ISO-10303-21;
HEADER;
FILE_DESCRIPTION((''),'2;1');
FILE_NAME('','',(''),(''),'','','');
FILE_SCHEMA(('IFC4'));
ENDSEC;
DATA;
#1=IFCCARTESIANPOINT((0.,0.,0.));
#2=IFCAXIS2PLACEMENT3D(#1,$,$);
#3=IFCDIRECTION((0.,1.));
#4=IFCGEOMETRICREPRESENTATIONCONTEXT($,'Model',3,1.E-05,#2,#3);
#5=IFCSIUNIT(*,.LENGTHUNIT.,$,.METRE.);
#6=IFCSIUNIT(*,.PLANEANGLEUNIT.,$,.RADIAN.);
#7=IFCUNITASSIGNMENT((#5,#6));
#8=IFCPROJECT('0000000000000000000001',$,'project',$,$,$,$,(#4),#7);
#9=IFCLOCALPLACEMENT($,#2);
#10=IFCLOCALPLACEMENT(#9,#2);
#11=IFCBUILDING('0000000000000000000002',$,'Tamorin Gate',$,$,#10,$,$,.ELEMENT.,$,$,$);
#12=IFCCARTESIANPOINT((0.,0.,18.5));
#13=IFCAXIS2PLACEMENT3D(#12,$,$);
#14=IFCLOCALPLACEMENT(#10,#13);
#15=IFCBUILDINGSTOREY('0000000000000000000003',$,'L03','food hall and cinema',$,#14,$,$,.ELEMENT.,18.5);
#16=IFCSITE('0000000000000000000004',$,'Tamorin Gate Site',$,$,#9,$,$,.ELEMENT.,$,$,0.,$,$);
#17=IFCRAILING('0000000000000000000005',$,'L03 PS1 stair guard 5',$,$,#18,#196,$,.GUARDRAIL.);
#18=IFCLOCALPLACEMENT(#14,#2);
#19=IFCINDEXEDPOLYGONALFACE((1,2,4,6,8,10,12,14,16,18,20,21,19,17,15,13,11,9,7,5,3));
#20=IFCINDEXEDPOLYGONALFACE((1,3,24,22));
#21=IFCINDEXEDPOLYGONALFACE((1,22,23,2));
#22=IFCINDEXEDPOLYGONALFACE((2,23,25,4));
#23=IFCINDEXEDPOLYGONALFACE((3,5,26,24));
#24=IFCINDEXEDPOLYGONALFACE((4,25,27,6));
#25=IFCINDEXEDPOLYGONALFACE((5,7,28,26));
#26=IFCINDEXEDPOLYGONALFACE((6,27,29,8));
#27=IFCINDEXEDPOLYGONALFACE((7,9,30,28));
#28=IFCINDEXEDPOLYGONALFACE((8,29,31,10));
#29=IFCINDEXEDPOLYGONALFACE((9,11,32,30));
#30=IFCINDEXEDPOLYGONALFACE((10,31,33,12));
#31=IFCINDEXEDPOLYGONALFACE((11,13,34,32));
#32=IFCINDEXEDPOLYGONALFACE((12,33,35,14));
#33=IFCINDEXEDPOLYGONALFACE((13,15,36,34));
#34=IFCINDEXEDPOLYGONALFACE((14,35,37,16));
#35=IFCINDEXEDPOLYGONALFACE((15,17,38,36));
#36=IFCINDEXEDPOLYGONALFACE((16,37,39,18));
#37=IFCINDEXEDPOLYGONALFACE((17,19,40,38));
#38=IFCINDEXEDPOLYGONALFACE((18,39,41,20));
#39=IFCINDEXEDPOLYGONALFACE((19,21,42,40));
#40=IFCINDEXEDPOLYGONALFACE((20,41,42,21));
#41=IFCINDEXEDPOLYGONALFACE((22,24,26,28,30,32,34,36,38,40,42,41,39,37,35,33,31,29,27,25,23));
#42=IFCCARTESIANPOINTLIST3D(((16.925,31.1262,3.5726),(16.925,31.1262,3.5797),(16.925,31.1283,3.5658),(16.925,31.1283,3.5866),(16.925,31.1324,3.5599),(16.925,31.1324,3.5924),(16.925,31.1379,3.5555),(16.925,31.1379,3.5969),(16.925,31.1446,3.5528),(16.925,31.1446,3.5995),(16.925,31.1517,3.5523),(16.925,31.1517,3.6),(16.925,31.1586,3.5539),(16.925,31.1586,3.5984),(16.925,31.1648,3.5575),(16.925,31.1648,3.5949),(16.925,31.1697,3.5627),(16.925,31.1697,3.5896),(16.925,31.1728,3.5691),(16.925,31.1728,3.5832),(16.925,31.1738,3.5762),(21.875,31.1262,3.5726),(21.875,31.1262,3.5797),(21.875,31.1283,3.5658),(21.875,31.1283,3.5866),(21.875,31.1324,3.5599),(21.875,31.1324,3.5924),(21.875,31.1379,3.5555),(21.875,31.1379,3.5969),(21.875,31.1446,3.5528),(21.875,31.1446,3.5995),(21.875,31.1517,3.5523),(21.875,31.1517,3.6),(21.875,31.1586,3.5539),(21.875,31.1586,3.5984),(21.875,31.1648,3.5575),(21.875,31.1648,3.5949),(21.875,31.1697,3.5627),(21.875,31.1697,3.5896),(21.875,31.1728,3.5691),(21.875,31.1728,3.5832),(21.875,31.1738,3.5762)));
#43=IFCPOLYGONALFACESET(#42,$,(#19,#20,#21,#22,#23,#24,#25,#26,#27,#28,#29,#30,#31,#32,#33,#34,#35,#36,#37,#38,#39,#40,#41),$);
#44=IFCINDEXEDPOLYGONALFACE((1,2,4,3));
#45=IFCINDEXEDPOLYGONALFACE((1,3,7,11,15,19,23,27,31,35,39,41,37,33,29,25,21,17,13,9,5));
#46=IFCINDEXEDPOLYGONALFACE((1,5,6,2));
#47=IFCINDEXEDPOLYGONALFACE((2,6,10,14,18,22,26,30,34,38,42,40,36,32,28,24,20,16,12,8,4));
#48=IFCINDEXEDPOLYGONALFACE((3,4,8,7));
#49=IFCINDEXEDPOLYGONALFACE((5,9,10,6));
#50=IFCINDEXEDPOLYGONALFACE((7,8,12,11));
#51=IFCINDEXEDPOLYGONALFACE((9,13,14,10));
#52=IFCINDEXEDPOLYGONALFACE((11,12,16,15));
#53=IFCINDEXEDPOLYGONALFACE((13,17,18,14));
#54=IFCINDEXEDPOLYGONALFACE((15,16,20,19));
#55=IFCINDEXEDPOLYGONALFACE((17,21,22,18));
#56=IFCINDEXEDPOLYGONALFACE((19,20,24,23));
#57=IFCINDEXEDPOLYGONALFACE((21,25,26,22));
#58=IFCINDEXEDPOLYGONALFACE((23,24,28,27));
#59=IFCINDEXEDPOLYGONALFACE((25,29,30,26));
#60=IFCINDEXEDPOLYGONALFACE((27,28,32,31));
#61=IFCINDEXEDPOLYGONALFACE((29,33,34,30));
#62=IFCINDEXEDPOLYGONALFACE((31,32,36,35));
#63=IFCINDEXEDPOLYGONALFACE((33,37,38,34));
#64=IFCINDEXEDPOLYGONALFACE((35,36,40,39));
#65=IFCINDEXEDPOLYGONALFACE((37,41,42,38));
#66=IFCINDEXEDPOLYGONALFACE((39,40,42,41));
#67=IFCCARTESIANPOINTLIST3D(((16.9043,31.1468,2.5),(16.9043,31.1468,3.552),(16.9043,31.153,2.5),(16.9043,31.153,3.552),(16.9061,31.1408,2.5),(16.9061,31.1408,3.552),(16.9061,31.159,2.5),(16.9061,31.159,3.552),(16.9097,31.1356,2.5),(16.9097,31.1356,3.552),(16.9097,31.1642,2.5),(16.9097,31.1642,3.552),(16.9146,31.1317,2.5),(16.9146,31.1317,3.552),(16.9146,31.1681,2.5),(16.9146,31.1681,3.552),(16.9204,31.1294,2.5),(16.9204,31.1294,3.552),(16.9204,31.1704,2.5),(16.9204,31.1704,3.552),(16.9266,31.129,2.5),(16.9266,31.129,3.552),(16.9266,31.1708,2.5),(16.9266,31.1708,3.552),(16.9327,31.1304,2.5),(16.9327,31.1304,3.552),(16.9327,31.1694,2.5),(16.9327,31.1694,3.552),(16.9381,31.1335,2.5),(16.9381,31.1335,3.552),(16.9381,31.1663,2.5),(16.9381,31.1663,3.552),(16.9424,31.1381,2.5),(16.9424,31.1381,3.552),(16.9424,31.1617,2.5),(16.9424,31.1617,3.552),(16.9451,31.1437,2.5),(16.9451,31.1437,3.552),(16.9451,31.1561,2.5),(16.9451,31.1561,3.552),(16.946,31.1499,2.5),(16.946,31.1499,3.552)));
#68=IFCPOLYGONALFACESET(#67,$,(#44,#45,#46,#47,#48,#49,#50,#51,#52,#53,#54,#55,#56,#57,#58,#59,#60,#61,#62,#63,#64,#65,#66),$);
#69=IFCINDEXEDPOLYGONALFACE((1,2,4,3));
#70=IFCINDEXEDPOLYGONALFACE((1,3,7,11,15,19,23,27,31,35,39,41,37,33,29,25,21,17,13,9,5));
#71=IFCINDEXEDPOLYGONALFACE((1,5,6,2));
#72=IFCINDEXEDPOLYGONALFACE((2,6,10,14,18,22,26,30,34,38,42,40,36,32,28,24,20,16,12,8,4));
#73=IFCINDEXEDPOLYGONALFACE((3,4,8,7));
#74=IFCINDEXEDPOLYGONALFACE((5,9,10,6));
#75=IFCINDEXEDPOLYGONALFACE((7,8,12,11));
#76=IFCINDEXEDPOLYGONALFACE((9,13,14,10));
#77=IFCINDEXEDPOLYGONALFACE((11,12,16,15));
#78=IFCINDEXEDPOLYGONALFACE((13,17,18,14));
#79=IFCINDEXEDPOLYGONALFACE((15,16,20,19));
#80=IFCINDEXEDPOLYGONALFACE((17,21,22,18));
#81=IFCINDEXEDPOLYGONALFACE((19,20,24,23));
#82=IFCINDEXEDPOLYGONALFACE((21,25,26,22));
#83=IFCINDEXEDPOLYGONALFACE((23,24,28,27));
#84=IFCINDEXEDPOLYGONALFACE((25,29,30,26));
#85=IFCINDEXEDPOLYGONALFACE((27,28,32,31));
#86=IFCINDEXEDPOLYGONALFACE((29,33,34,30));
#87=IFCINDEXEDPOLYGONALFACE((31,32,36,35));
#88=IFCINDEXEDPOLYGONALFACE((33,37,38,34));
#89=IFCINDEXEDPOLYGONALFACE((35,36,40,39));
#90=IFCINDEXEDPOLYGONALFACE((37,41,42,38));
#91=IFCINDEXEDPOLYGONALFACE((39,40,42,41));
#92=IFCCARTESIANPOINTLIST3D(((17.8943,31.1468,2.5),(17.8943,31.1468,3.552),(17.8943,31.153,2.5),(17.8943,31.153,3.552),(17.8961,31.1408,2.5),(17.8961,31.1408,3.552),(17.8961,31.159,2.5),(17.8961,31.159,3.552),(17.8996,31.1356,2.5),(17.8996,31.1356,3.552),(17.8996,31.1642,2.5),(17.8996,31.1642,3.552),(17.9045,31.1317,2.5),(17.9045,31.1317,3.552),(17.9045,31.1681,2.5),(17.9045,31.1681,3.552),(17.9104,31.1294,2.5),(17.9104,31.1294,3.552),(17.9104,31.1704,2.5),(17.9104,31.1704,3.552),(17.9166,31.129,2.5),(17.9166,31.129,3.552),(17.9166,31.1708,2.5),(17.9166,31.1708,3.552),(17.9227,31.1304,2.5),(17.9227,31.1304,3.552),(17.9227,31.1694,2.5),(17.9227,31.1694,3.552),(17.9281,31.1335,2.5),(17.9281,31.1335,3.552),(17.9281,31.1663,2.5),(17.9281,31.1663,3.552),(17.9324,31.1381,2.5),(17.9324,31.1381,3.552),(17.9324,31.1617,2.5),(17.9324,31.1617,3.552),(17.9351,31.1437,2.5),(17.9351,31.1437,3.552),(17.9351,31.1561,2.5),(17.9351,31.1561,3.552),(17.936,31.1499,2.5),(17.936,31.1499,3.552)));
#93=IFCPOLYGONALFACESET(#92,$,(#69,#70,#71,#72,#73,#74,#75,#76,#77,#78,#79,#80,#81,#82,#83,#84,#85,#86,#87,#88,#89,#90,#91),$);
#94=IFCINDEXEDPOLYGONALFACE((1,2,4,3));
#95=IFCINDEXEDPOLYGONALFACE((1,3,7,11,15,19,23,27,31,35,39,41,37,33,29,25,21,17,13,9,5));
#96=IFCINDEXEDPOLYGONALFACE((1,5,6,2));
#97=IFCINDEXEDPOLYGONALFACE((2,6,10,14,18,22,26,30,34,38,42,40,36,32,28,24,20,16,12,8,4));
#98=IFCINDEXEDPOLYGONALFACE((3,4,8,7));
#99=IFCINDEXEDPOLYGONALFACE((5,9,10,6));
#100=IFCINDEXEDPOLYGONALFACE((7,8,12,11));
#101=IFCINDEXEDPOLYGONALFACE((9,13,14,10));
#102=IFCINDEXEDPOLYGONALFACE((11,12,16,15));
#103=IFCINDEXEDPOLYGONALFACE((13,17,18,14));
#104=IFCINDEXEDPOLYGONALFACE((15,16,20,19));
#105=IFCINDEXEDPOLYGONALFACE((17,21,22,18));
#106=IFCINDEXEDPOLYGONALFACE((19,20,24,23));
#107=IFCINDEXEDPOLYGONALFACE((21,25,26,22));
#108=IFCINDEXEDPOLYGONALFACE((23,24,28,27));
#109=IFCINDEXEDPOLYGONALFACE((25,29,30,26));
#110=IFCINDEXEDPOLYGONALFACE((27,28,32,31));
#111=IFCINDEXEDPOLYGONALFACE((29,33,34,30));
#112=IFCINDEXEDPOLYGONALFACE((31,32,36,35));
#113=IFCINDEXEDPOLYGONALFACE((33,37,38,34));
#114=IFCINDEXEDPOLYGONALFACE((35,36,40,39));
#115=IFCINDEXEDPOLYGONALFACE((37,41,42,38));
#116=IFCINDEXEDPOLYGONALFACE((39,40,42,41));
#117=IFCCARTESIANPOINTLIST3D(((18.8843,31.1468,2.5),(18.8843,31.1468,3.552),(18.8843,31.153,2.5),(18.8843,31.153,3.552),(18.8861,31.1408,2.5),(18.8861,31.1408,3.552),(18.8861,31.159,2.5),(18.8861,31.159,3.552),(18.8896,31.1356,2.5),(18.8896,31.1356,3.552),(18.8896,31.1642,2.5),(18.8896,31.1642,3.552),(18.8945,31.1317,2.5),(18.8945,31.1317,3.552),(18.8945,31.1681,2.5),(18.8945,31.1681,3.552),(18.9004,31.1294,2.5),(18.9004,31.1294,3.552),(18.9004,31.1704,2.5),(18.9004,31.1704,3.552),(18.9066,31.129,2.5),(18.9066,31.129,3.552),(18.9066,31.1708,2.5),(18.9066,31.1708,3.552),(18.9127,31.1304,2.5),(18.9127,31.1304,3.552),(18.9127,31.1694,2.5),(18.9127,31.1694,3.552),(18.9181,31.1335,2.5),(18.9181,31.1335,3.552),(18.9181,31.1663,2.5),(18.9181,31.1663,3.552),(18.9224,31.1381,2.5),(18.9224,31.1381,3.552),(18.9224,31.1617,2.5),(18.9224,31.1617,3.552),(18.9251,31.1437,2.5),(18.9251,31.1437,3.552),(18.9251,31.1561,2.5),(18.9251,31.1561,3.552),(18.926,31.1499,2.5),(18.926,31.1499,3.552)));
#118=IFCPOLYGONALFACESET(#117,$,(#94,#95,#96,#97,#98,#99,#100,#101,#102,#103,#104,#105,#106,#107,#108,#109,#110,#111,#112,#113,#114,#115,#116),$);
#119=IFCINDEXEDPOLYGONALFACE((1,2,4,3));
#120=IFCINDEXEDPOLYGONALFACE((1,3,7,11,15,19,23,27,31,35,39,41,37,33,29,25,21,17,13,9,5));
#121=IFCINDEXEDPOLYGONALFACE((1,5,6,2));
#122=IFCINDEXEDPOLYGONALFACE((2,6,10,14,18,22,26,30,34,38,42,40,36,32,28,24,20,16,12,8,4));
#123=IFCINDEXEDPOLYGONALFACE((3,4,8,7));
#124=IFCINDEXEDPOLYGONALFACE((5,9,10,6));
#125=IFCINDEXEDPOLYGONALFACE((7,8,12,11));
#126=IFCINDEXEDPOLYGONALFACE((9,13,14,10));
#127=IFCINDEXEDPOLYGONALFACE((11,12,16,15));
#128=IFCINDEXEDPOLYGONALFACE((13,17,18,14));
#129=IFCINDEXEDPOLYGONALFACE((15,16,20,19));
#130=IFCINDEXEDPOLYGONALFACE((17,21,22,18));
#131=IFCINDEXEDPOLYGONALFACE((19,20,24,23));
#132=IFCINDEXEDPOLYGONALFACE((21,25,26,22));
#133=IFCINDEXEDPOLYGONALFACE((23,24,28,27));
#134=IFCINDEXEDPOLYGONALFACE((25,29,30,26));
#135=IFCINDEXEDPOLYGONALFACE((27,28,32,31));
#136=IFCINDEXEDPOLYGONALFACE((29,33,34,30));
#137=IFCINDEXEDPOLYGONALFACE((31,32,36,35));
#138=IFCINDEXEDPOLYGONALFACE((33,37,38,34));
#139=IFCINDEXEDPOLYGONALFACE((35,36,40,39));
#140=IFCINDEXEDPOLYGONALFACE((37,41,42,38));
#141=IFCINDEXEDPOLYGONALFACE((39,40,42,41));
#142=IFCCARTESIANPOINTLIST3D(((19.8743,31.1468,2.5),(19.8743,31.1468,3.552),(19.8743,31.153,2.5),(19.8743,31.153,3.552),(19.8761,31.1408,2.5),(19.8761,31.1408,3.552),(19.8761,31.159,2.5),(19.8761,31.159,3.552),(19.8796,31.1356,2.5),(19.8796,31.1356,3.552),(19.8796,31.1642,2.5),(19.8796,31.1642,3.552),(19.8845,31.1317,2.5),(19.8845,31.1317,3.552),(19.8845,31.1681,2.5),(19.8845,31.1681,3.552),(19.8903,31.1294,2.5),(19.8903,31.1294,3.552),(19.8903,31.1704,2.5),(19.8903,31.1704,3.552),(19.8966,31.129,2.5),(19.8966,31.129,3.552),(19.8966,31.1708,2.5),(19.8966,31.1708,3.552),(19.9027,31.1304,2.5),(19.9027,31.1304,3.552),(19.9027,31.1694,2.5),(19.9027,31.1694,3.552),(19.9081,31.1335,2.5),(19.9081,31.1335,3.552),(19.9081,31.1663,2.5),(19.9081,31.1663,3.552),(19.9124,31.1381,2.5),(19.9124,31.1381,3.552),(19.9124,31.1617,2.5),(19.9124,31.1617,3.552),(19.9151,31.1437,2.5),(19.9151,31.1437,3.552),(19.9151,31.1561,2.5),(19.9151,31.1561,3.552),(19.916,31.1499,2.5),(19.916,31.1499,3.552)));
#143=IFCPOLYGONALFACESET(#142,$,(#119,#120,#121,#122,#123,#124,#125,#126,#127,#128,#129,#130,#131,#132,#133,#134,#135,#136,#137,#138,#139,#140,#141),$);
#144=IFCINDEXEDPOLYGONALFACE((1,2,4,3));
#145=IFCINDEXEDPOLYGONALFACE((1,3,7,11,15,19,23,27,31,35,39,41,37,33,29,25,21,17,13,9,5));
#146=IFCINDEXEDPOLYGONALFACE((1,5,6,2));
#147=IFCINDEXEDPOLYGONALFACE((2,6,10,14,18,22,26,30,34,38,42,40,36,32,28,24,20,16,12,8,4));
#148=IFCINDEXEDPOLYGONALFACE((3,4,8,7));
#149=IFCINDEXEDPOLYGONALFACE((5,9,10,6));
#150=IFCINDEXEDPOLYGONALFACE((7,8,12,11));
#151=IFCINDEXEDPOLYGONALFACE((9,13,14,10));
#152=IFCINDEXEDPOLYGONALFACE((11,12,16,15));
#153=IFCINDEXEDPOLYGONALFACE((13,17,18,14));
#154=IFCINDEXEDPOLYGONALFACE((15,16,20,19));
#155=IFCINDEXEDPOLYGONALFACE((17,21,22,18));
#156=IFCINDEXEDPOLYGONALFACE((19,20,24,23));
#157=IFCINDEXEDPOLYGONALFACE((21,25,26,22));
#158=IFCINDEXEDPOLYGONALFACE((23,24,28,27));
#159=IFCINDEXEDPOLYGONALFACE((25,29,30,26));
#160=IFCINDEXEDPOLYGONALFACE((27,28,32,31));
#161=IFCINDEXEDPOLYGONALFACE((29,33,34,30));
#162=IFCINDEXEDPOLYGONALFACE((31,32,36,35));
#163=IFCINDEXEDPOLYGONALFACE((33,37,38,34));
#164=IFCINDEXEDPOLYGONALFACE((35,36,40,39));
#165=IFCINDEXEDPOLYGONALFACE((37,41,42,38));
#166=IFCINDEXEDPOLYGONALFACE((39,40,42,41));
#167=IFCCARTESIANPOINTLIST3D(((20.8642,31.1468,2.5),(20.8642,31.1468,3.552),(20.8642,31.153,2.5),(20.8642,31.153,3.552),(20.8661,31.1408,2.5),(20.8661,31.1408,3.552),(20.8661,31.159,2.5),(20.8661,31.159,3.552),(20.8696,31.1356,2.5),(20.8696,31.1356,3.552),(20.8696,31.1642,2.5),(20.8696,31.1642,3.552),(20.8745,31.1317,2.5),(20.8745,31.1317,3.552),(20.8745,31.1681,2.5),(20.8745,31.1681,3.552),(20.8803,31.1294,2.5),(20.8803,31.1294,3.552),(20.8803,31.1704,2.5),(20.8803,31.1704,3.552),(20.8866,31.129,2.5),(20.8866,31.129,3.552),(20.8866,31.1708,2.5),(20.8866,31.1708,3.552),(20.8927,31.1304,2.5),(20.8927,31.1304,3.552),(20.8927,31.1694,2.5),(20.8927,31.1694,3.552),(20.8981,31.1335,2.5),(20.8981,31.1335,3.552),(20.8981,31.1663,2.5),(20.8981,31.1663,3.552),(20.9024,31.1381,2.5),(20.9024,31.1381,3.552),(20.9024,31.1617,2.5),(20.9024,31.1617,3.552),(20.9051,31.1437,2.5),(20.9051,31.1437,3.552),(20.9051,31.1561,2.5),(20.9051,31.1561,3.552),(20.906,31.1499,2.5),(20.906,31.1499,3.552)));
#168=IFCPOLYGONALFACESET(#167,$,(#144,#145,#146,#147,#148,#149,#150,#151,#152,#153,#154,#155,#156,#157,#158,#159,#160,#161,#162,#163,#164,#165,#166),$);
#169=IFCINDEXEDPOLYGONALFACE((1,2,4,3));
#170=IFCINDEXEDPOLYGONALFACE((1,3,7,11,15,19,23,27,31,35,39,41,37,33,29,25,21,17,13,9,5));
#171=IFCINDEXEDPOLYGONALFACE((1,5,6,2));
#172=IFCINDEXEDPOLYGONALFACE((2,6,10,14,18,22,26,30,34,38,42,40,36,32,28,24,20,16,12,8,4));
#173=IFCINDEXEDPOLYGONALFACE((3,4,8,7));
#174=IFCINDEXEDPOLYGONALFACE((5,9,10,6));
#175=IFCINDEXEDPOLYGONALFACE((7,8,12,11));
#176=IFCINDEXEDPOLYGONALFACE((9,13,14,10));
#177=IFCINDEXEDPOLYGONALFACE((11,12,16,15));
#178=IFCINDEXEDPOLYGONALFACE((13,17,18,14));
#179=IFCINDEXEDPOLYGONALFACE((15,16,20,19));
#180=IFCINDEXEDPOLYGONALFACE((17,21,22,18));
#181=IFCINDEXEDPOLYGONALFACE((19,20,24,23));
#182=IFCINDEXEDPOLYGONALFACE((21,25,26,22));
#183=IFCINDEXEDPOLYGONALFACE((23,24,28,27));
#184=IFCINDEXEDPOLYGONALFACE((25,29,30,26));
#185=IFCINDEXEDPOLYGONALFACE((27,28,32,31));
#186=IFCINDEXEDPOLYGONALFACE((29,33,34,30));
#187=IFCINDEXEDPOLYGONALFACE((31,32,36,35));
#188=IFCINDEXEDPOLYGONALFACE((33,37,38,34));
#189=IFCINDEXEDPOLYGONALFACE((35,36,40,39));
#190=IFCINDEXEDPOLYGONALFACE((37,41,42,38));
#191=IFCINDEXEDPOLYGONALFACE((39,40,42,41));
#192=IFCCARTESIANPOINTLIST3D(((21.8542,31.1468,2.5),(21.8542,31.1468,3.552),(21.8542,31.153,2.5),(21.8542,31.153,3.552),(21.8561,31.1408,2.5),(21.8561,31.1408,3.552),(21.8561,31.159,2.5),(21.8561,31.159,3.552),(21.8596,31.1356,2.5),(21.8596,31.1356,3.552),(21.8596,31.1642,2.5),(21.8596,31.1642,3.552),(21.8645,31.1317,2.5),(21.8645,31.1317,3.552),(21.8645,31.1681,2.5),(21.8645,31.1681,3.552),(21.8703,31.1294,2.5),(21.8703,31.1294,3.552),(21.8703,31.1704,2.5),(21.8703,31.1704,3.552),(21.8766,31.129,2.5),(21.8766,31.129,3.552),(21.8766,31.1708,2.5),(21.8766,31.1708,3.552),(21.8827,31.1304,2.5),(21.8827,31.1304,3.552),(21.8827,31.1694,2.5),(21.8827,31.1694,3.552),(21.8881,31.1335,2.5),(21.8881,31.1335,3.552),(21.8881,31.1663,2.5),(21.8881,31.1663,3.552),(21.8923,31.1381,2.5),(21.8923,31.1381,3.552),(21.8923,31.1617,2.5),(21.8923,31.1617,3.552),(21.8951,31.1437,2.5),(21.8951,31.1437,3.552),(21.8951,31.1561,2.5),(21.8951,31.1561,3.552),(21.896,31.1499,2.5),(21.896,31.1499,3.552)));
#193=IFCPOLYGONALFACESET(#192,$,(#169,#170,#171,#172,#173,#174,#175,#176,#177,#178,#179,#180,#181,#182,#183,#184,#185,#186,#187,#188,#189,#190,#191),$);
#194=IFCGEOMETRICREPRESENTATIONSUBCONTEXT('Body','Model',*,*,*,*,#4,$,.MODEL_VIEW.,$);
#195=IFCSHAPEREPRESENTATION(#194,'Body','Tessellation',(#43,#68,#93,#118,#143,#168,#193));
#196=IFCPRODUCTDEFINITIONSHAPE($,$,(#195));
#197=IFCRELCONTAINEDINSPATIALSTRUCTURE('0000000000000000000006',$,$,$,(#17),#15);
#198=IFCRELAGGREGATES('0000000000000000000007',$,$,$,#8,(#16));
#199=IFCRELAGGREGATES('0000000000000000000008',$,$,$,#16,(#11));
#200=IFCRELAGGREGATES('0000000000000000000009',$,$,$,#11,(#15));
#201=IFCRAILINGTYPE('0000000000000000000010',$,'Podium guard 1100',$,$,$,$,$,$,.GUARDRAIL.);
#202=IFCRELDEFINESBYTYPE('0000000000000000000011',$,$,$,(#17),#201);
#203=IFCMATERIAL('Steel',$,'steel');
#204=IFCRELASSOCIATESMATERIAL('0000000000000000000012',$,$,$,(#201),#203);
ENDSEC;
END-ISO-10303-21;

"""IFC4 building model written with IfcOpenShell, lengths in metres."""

from ifc_helpers import new_model, si_unit, direction, frame, origin, origin_2d, place, context, subcontext, project, spatial, circle, extrude, material, type_object, element, save


model = new_model("IFC4")

# Units and contexts
model_context = context("Model", 3, precision=1e-05, world=origin(), true_north=direction((0.0, 1.0)))
body_context = subcontext(model_context, "Body", "Model", "MODEL_VIEW")
ifc_project = project(units=[si_unit("LENGTHUNIT", "METRE"), si_unit("PLANEANGLEUNIT", "RADIAN")], contexts=[model_context])

# Site, building, storey
site_placement = place(None, origin())
site = spatial("IfcSite", under=ifc_project, at=site_placement, Name="Tamorin Gate Site", CompositionType="ELEMENT", RefElevation=0.0)
building_placement = place(site_placement, origin())
building = spatial("IfcBuilding", under=site, at=building_placement, Name="Tamorin Gate", CompositionType="ELEMENT")
storey_placement = place(building_placement, frame((0.0, 0.0, 18.5)))
storey = spatial("IfcBuildingStorey", under=building, at=storey_placement, Name="L03", Description="food hall and cinema", CompositionType="ELEMENT", Elevation=18.5)

# Railing
ifc_material_1 = material(Name="Steel", Category="steel")
railing_type = type_object("IfcRailingType", Name="Podium guard 1100", PredefinedType="GUARDRAIL", material=ifc_material_1)
railing_1_placement = place(storey_placement, frame((16.925, 31.1499, 2.5)))
element("IfcRailing", 1, at=railing_1_placement, inside=storey, type_object=railing_type, Name="L03 PS1 stair guard 5", PredefinedType="GUARDRAIL", context=body_context, shape_type="SweptSolid", body=[
    extrude(circle(Radius=0.0239, at=origin_2d()), frame((0.0, 0.0, 1.0762), z_axis=(1.0, 0.0, 0.0), x_axis=(0.0, 1.0, 0.0)), (0.0, 0.0, 1.0), 4.95),
    extrude(circle(Radius=0.021, at=origin_2d()), origin(), (0.0, 0.0, 1.0), 1.052),
    extrude(circle(Radius=0.021, at=origin_2d()), frame((0.99, 0.0, 0.0)), (0.0, 0.0, 1.0), 1.052),
    extrude(circle(Radius=0.021, at=origin_2d()), frame((1.98, 0.0, 0.0)), (0.0, 0.0, 1.0), 1.052),
    extrude(circle(Radius=0.021, at=origin_2d()), frame((2.97, 0.0, 0.0)), (0.0, 0.0, 1.0), 1.052),
    extrude(circle(Radius=0.021, at=origin_2d()), frame((3.96, 0.0, 0.0)), (0.0, 0.0, 1.0), 1.052),
    extrude(circle(Radius=0.021, at=origin_2d()), frame((4.95, 0.0, 0.0)), (0.0, 0.0, 1.0), 1.052),
])

save(model, "model.ifc")
